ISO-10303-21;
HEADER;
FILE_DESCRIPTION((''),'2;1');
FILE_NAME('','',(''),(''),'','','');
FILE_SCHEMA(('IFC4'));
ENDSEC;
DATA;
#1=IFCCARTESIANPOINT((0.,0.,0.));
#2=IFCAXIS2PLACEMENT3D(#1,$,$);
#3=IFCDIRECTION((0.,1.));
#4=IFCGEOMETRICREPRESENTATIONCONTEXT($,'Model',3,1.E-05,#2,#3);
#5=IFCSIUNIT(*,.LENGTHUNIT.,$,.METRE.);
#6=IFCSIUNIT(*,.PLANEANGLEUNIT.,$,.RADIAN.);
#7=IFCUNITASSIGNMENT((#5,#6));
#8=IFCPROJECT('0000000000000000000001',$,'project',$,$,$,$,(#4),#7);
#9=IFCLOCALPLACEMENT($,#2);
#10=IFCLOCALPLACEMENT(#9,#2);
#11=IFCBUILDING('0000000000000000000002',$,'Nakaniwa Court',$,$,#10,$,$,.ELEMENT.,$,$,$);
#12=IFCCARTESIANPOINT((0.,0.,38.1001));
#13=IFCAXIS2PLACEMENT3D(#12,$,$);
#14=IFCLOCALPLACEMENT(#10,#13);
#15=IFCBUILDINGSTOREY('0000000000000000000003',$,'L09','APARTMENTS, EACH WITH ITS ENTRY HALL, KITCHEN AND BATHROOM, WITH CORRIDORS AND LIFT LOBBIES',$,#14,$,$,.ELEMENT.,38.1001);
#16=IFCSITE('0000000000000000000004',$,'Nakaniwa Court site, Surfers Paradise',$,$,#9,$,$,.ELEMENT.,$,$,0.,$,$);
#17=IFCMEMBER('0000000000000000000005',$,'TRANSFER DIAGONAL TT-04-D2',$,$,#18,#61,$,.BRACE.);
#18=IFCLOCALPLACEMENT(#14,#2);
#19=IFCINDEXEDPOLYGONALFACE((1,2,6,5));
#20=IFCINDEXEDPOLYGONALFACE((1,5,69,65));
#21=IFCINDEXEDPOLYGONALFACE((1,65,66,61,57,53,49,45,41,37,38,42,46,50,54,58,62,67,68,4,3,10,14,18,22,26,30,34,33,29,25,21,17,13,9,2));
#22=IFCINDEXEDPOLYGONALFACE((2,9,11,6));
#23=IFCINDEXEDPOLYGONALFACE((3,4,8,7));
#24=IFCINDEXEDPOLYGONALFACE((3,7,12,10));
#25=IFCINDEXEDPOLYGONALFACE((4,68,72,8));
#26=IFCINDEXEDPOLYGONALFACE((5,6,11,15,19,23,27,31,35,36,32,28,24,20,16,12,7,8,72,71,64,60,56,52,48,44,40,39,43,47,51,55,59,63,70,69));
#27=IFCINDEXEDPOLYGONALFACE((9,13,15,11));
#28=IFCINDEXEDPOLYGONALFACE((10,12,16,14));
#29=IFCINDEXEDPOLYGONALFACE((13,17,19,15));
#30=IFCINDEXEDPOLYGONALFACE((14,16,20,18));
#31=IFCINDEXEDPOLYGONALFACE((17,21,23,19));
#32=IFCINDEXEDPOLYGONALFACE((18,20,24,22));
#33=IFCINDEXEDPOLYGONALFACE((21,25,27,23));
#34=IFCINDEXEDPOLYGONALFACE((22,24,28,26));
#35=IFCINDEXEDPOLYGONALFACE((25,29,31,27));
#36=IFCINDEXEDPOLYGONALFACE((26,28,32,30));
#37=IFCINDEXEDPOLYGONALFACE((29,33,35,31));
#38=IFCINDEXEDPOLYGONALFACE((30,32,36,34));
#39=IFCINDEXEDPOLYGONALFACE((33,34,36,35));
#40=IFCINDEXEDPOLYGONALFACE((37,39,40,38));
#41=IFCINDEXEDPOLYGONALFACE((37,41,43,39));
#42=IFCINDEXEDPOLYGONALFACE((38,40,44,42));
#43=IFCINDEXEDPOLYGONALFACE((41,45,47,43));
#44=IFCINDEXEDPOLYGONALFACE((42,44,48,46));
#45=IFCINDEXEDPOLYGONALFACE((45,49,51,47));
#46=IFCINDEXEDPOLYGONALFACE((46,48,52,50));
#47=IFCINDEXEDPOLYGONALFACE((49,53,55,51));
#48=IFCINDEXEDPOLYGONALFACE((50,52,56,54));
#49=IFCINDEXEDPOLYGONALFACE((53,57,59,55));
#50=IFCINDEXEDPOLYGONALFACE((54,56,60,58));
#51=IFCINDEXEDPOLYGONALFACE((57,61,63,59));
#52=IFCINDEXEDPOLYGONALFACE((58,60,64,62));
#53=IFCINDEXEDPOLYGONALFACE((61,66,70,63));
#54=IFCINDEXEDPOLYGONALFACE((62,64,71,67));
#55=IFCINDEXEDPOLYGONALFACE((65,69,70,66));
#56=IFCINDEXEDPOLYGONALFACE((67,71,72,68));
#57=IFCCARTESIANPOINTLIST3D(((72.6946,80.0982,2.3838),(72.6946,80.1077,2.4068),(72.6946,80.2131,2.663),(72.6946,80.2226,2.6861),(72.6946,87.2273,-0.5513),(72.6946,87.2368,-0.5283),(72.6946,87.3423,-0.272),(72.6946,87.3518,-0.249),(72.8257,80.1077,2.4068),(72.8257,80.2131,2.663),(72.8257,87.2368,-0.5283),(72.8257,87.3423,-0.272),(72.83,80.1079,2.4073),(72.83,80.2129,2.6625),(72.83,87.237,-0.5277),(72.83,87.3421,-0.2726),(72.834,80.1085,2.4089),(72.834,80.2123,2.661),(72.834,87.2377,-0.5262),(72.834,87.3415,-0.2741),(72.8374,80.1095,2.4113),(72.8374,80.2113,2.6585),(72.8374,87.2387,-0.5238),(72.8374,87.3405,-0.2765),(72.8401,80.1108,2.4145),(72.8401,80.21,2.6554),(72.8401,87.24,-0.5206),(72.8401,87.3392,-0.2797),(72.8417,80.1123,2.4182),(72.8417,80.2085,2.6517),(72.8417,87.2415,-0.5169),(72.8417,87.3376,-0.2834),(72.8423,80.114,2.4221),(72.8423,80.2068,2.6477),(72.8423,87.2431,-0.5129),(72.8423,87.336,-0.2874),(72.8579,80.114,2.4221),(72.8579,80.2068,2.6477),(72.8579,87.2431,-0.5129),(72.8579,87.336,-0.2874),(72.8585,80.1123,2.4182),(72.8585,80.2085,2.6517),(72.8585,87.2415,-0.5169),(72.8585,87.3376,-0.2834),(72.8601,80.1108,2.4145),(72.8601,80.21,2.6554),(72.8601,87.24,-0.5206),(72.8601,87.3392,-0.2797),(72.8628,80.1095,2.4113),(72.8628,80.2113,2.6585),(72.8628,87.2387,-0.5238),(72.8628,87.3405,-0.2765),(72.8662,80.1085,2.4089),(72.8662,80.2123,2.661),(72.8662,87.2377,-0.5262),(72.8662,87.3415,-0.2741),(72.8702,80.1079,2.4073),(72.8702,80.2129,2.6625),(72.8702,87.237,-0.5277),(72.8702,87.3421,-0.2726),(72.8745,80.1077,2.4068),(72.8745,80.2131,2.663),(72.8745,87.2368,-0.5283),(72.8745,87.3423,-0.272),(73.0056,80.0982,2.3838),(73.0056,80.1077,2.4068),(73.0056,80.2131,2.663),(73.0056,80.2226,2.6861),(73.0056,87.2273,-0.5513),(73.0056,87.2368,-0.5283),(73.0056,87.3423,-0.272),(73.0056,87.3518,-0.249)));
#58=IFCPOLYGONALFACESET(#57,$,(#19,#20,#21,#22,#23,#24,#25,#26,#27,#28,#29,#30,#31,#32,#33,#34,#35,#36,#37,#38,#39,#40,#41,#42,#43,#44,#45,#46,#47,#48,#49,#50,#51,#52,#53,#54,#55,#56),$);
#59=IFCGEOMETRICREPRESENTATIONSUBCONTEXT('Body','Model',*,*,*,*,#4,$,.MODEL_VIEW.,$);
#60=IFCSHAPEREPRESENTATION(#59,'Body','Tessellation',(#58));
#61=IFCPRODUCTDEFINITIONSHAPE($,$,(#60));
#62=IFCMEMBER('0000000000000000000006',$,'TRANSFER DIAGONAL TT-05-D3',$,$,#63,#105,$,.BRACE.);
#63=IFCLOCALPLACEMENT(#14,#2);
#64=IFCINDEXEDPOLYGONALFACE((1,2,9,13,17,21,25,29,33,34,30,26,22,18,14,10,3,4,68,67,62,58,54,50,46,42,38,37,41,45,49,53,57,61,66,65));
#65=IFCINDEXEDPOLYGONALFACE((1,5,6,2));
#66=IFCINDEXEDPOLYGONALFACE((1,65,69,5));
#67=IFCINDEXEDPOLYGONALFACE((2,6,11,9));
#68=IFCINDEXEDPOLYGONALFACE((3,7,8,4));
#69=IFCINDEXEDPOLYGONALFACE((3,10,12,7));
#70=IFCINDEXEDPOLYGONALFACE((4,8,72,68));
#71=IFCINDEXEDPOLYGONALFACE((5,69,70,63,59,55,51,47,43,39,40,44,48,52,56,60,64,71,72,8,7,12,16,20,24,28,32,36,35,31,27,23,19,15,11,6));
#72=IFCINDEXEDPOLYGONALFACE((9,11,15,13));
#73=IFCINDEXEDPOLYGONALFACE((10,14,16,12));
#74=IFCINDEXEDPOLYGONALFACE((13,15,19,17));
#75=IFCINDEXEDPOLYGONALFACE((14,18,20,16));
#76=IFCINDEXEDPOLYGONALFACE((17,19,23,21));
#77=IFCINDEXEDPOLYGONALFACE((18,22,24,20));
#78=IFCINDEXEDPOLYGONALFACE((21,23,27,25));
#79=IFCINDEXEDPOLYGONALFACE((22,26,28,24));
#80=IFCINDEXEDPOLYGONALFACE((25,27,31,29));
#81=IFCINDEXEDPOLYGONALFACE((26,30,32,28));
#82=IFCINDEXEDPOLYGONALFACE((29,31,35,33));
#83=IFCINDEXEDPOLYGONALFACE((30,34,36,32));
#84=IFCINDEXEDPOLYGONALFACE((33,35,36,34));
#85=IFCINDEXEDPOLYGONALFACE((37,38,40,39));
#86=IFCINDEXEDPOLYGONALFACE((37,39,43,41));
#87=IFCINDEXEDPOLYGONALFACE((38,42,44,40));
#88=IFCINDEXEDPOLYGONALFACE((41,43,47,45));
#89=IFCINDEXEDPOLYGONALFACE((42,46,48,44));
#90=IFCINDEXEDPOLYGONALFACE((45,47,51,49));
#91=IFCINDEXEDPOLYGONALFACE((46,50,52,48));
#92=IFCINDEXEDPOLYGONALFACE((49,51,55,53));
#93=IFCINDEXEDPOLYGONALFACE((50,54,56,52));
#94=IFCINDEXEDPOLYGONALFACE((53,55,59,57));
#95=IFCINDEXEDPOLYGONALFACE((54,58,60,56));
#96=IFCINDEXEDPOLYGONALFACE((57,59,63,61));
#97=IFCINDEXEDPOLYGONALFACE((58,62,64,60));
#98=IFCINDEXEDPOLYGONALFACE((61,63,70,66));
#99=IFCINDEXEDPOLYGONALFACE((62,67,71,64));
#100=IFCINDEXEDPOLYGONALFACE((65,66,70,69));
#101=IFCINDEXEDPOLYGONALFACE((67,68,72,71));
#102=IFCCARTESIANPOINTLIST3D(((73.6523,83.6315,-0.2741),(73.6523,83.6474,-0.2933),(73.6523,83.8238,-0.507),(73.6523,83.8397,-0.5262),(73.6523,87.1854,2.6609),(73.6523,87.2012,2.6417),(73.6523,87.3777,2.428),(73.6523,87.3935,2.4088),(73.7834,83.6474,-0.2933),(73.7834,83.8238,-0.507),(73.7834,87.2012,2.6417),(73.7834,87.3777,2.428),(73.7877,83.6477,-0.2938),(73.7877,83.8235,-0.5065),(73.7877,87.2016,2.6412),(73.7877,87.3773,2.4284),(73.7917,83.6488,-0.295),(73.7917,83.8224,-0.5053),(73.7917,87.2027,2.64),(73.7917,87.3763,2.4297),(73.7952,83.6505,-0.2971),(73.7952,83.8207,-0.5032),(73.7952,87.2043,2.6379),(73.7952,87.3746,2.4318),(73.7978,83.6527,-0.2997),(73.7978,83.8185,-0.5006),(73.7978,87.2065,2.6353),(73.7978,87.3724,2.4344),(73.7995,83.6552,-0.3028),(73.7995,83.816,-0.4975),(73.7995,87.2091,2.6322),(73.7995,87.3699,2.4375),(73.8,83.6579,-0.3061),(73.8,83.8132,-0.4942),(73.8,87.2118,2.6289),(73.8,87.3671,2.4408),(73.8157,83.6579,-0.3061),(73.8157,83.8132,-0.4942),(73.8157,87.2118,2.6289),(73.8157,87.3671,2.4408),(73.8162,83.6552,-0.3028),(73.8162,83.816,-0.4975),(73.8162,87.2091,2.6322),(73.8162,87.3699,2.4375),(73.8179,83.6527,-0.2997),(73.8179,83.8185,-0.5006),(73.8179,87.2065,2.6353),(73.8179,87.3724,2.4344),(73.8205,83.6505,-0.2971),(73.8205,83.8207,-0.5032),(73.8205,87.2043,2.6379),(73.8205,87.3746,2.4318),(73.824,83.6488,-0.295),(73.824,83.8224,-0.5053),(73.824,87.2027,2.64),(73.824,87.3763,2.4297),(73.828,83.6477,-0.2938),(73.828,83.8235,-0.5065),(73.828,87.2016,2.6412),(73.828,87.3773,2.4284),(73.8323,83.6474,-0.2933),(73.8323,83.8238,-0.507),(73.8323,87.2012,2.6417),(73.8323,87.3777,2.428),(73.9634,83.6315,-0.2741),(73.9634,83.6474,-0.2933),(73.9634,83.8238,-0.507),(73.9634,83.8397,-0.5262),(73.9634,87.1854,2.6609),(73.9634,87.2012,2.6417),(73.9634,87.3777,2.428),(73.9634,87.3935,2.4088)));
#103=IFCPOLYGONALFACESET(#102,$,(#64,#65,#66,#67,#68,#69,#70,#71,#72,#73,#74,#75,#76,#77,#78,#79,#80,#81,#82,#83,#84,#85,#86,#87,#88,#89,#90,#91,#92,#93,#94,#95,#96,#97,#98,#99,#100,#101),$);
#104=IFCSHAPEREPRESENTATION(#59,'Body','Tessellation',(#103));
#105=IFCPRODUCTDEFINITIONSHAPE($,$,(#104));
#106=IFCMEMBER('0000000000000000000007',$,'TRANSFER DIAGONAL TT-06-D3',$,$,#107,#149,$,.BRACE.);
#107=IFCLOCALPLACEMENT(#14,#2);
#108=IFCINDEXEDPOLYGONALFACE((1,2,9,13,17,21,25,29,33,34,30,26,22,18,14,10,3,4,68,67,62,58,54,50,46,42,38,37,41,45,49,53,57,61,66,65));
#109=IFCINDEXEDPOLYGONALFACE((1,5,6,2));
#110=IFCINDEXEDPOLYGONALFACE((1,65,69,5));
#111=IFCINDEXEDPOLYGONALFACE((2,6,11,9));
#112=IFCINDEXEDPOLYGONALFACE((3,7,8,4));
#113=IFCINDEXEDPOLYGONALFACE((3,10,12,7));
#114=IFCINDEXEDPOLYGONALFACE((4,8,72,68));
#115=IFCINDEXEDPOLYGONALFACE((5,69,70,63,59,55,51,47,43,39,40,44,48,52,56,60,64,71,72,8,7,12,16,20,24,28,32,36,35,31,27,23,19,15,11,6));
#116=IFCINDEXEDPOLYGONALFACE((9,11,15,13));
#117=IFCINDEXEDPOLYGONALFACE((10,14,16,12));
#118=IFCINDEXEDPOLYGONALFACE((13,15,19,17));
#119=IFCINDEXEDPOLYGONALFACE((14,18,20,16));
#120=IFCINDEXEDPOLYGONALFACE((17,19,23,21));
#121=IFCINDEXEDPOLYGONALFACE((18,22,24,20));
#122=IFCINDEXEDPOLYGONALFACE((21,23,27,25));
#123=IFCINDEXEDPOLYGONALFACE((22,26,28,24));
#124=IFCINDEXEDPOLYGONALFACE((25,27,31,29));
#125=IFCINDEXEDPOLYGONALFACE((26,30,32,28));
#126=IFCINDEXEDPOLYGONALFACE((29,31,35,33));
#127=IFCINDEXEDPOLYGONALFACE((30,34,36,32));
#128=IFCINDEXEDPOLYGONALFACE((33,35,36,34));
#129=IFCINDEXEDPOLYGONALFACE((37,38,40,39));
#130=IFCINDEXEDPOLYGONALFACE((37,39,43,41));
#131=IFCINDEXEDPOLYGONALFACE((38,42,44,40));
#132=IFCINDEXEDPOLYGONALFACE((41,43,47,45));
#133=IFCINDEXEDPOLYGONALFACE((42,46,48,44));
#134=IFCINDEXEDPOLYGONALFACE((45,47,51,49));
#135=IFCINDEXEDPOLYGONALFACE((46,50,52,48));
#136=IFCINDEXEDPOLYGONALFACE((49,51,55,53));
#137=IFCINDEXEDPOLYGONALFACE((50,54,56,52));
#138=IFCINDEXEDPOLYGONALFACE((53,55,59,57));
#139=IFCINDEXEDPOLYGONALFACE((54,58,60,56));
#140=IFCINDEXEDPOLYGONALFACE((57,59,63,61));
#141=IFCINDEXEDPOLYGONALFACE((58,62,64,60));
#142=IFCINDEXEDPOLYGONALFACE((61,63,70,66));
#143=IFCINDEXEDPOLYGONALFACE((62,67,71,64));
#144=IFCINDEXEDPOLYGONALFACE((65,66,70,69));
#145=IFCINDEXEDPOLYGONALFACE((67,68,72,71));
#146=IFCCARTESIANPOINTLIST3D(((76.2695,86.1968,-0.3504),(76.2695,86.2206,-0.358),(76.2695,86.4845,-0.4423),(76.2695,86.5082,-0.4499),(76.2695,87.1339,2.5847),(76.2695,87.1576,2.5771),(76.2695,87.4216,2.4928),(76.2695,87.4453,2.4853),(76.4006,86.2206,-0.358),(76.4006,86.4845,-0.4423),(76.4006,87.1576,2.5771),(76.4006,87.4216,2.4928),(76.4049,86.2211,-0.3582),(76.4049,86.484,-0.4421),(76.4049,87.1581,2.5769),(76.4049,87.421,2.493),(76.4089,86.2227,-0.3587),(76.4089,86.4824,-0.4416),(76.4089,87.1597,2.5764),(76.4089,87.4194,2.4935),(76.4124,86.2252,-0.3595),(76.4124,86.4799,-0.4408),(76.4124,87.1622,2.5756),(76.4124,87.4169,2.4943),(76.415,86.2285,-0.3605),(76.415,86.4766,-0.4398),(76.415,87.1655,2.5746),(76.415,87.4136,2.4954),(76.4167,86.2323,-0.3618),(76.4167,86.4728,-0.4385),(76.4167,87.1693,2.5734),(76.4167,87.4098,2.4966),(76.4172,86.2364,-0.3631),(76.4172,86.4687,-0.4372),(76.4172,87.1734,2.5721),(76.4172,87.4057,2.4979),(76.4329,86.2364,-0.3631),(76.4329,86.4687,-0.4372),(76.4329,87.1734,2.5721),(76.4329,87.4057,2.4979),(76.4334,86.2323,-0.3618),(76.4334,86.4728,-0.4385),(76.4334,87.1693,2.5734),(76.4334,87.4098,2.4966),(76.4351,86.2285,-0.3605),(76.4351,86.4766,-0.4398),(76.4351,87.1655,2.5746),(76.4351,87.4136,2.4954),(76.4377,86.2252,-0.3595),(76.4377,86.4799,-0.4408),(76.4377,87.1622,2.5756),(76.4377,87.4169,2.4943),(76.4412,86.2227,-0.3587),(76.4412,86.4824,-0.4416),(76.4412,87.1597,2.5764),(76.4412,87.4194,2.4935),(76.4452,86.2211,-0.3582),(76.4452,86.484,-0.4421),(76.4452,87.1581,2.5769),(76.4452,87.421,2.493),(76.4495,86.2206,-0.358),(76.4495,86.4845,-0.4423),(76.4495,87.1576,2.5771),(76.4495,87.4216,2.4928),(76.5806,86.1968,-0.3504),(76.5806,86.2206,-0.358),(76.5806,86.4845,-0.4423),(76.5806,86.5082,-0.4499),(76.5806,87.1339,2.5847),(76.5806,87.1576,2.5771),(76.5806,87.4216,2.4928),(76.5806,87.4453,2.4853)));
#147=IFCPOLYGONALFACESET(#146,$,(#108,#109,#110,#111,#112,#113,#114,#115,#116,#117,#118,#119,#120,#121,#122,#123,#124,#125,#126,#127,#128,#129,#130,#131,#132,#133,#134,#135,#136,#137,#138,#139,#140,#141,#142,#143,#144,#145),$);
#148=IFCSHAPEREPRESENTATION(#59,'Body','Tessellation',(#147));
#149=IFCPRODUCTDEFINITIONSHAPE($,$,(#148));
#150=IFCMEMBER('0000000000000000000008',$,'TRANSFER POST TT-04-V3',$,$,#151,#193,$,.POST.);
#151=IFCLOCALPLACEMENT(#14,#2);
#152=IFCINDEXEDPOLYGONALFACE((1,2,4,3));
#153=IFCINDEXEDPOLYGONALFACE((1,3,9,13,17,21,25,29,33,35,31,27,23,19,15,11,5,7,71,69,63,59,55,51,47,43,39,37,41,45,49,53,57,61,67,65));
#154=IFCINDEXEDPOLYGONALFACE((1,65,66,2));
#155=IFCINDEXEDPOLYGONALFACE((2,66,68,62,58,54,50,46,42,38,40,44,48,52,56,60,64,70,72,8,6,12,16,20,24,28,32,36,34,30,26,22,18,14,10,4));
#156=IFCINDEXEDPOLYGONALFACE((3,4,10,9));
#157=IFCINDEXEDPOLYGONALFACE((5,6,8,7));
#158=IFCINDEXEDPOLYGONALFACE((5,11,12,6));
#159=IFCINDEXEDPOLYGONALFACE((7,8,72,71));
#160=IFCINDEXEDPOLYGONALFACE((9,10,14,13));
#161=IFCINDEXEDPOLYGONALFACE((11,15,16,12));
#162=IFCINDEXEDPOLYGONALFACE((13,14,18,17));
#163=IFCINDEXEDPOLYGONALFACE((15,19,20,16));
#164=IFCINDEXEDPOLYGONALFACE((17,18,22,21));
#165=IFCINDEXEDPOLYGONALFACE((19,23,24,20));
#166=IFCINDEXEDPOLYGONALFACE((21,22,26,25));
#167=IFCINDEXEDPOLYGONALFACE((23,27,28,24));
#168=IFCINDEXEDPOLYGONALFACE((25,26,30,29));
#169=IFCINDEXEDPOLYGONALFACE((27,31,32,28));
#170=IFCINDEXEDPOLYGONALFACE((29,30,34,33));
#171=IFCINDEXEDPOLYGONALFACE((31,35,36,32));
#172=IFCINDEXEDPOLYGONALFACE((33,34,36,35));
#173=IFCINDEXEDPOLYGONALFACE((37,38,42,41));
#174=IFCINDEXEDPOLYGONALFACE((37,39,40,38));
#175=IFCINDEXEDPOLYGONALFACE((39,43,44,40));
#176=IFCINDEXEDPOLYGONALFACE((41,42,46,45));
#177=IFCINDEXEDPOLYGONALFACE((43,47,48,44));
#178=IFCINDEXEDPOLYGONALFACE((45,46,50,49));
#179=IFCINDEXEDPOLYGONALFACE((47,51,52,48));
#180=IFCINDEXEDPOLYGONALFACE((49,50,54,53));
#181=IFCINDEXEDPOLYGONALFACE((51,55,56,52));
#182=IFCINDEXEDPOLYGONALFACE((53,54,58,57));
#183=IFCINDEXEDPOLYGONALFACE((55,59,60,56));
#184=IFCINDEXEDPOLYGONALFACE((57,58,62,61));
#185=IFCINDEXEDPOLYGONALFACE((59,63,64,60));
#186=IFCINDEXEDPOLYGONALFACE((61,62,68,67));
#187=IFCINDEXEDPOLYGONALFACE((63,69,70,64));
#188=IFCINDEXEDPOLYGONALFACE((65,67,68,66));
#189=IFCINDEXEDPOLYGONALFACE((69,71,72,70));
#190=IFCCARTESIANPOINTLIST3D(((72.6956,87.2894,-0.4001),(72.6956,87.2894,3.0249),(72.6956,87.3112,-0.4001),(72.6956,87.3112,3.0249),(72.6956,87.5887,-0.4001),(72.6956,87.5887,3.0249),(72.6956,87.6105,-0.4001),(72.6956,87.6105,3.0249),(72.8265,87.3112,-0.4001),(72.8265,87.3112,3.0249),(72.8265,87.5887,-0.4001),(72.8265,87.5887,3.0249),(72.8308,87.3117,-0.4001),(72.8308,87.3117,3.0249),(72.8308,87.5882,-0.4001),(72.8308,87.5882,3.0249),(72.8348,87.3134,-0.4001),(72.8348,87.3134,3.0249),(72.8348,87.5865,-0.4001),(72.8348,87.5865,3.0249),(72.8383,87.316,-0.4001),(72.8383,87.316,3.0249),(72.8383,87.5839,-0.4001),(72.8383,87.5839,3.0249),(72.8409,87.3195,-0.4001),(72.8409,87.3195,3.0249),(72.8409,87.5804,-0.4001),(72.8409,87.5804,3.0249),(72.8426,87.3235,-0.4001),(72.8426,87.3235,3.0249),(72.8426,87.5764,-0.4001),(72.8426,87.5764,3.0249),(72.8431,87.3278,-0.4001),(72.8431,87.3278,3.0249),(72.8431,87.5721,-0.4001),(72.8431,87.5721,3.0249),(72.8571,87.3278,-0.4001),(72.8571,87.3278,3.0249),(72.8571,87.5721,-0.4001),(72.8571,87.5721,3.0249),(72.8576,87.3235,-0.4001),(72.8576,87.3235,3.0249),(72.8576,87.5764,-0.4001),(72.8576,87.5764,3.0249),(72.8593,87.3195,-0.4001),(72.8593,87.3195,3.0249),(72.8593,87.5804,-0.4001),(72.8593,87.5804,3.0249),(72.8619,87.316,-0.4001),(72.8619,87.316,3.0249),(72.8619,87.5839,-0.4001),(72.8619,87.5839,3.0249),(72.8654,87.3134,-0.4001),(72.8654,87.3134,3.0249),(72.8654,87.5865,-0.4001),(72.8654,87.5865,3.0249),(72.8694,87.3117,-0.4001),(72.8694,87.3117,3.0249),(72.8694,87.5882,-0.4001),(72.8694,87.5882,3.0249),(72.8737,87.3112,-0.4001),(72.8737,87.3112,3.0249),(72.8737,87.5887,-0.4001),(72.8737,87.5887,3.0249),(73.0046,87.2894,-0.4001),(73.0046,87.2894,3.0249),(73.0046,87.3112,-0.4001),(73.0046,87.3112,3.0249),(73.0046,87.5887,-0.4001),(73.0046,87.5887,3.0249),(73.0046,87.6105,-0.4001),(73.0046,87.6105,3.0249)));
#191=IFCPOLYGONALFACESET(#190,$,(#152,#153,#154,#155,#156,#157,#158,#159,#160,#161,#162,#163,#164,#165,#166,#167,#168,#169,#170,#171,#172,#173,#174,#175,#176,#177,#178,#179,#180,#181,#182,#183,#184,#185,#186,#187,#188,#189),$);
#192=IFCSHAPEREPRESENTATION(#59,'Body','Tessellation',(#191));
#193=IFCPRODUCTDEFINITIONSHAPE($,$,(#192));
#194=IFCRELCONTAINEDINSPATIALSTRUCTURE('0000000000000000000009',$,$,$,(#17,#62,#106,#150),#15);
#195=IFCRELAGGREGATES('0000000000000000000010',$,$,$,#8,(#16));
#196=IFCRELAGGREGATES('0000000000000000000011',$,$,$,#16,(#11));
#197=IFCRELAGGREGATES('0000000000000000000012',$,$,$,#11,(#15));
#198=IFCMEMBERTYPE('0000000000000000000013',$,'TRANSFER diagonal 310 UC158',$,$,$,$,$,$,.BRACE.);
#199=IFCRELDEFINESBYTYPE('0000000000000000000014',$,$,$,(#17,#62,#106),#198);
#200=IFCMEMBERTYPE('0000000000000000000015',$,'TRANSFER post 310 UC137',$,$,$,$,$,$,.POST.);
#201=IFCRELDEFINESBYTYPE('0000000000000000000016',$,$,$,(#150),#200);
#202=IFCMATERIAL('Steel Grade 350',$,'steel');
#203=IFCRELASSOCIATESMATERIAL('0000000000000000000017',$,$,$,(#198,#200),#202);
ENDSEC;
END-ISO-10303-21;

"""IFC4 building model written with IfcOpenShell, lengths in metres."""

from ifc_helpers import new_model, si_unit, direction, frame, origin, origin_2d, place, context, subcontext, project, spatial, i_section, extrude, material, material_profile, profile_set, type_object, element, save


model = new_model("IFC4")

# Units and contexts
model_context = context("Model", 3, precision=1e-05, world=origin(), true_north=direction((0.0, 1.0)))
body_context = subcontext(model_context, "Body", "Model", "MODEL_VIEW")
ifc_project = project(units=[si_unit("LENGTHUNIT", "METRE"), si_unit("PLANEANGLEUNIT", "RADIAN")], contexts=[model_context])

# Site, building, storey
site_placement = place(None, origin())
site = spatial("IfcSite", under=ifc_project, at=site_placement, Name="Nakaniwa Court site, Surfers Paradise", CompositionType="ELEMENT", RefElevation=0.0)
building_placement = place(site_placement, origin())
building = spatial("IfcBuilding", under=site, at=building_placement, Name="Nakaniwa Court", CompositionType="ELEMENT")
storey_placement = place(building_placement, frame((0.0, 0.0, 38.1001)))
storey = spatial("IfcBuildingStorey", under=building, at=storey_placement, Name="L09", Description="APARTMENTS, EACH WITH ITS ENTRY HALL, KITCHEN AND BATHROOM, WITH CORRIDORS AND LIFT LOBBIES", CompositionType="ELEMENT", Elevation=38.1001)

# Members
ifc_material_1 = material(Name="Steel Grade 350", Category="steel")
ifc_material_profile_1 = material_profile(ifc_material_1, i_section(OverallWidth=0.311, OverallDepth=0.3269, WebThickness=0.0156, FlangeThickness=0.0249, FilletRadius=0.0166, at=origin_2d()), Name="310UC158")
ifc_profile_set_1 = profile_set([ifc_material_profile_1], Name="Steel Grade 350")
member_type_1 = type_object("IfcMemberType", Name="TRANSFER diagonal 310 UC158", PredefinedType="BRACE", material=ifc_profile_set_1)
member_1_placement = place(storey_placement, frame((72.8501, 80.1604, 2.5349), z_axis=(0.0, 0.9247, -0.380697), x_axis=(-1.0, 0.0, 0.0)))
element("IfcMember", 1, at=member_1_placement, inside=storey, type_object=member_type_1, Name="TRANSFER DIAGONAL TT-04-D2", PredefinedType="BRACE", context=body_context, shape_type="SweptSolid", body=[
    extrude(i_section(OverallWidth=0.311, OverallDepth=0.3269, WebThickness=0.0156, FlangeThickness=0.0249, FilletRadius=0.0166, at=origin_2d()), origin(), (0.0, 0.0, 1.0), 7.7097),
])
member_2_placement = place(storey_placement, frame((73.8079, 83.7356, -0.4001), z_axis=(0.0, 0.771049, 0.636776), x_axis=(-1.0, 0.0, 0.0)))
element("IfcMember", 2, at=member_2_placement, inside=storey, type_object=member_type_1, Name="TRANSFER DIAGONAL TT-05-D3", PredefinedType="BRACE", context=body_context, shape_type="SweptSolid", body=[
    extrude(i_section(OverallWidth=0.311, OverallDepth=0.3269, WebThickness=0.0156, FlangeThickness=0.0249, FilletRadius=0.0166, at=origin_2d()), origin(), (0.0, 0.0, 1.0), 4.6091),
])
member_3_placement = place(storey_placement, frame((76.425, 86.3525, -0.4001), z_axis=(0.0, 0.304126, 0.952632), x_axis=(-1.0, 0.0, 0.0)))
element("IfcMember", 3, at=member_3_placement, inside=storey, type_object=member_type_1, Name="TRANSFER DIAGONAL TT-06-D3", PredefinedType="BRACE", context=body_context, shape_type="SweptSolid", body=[
    extrude(i_section(OverallWidth=0.311, OverallDepth=0.3269, WebThickness=0.0156, FlangeThickness=0.0249, FilletRadius=0.0166, at=origin_2d()), origin(), (0.0, 0.0, 1.0), 3.0811),
])
ifc_material_profile_2 = material_profile(ifc_material_1, i_section(OverallWidth=0.3091, OverallDepth=0.321, WebThickness=0.0139, FlangeThickness=0.0217, FilletRadius=0.0166, at=origin_2d()), Name="310UC137")
ifc_profile_set_2 = profile_set([ifc_material_profile_2], Name="Steel Grade 350")
member_type_2 = type_object("IfcMemberType", Name="TRANSFER post 310 UC137", PredefinedType="POST", material=ifc_profile_set_2)
for number, where, z_axis, x_axis, name in (
    (4, (72.8501, 87.45, -0.4001), (0.0, 0.0, 1.0), (1.0, 0.0, 0.0), "TRANSFER POST TT-04-V3"),
):
    element("IfcMember", number, at=place(storey_placement, frame(where, z_axis=z_axis, x_axis=x_axis)), inside=storey, type_object=member_type_2, Name=name, PredefinedType="POST", context=body_context, shape_type="SweptSolid", body=[
        extrude(i_section(OverallWidth=0.3091, OverallDepth=0.321, WebThickness=0.0139, FlangeThickness=0.0217, FilletRadius=0.0166, at=origin_2d()), origin(), (0.0, 0.0, 1.0), 3.425),
    ])

save(model, "model.ifc")
